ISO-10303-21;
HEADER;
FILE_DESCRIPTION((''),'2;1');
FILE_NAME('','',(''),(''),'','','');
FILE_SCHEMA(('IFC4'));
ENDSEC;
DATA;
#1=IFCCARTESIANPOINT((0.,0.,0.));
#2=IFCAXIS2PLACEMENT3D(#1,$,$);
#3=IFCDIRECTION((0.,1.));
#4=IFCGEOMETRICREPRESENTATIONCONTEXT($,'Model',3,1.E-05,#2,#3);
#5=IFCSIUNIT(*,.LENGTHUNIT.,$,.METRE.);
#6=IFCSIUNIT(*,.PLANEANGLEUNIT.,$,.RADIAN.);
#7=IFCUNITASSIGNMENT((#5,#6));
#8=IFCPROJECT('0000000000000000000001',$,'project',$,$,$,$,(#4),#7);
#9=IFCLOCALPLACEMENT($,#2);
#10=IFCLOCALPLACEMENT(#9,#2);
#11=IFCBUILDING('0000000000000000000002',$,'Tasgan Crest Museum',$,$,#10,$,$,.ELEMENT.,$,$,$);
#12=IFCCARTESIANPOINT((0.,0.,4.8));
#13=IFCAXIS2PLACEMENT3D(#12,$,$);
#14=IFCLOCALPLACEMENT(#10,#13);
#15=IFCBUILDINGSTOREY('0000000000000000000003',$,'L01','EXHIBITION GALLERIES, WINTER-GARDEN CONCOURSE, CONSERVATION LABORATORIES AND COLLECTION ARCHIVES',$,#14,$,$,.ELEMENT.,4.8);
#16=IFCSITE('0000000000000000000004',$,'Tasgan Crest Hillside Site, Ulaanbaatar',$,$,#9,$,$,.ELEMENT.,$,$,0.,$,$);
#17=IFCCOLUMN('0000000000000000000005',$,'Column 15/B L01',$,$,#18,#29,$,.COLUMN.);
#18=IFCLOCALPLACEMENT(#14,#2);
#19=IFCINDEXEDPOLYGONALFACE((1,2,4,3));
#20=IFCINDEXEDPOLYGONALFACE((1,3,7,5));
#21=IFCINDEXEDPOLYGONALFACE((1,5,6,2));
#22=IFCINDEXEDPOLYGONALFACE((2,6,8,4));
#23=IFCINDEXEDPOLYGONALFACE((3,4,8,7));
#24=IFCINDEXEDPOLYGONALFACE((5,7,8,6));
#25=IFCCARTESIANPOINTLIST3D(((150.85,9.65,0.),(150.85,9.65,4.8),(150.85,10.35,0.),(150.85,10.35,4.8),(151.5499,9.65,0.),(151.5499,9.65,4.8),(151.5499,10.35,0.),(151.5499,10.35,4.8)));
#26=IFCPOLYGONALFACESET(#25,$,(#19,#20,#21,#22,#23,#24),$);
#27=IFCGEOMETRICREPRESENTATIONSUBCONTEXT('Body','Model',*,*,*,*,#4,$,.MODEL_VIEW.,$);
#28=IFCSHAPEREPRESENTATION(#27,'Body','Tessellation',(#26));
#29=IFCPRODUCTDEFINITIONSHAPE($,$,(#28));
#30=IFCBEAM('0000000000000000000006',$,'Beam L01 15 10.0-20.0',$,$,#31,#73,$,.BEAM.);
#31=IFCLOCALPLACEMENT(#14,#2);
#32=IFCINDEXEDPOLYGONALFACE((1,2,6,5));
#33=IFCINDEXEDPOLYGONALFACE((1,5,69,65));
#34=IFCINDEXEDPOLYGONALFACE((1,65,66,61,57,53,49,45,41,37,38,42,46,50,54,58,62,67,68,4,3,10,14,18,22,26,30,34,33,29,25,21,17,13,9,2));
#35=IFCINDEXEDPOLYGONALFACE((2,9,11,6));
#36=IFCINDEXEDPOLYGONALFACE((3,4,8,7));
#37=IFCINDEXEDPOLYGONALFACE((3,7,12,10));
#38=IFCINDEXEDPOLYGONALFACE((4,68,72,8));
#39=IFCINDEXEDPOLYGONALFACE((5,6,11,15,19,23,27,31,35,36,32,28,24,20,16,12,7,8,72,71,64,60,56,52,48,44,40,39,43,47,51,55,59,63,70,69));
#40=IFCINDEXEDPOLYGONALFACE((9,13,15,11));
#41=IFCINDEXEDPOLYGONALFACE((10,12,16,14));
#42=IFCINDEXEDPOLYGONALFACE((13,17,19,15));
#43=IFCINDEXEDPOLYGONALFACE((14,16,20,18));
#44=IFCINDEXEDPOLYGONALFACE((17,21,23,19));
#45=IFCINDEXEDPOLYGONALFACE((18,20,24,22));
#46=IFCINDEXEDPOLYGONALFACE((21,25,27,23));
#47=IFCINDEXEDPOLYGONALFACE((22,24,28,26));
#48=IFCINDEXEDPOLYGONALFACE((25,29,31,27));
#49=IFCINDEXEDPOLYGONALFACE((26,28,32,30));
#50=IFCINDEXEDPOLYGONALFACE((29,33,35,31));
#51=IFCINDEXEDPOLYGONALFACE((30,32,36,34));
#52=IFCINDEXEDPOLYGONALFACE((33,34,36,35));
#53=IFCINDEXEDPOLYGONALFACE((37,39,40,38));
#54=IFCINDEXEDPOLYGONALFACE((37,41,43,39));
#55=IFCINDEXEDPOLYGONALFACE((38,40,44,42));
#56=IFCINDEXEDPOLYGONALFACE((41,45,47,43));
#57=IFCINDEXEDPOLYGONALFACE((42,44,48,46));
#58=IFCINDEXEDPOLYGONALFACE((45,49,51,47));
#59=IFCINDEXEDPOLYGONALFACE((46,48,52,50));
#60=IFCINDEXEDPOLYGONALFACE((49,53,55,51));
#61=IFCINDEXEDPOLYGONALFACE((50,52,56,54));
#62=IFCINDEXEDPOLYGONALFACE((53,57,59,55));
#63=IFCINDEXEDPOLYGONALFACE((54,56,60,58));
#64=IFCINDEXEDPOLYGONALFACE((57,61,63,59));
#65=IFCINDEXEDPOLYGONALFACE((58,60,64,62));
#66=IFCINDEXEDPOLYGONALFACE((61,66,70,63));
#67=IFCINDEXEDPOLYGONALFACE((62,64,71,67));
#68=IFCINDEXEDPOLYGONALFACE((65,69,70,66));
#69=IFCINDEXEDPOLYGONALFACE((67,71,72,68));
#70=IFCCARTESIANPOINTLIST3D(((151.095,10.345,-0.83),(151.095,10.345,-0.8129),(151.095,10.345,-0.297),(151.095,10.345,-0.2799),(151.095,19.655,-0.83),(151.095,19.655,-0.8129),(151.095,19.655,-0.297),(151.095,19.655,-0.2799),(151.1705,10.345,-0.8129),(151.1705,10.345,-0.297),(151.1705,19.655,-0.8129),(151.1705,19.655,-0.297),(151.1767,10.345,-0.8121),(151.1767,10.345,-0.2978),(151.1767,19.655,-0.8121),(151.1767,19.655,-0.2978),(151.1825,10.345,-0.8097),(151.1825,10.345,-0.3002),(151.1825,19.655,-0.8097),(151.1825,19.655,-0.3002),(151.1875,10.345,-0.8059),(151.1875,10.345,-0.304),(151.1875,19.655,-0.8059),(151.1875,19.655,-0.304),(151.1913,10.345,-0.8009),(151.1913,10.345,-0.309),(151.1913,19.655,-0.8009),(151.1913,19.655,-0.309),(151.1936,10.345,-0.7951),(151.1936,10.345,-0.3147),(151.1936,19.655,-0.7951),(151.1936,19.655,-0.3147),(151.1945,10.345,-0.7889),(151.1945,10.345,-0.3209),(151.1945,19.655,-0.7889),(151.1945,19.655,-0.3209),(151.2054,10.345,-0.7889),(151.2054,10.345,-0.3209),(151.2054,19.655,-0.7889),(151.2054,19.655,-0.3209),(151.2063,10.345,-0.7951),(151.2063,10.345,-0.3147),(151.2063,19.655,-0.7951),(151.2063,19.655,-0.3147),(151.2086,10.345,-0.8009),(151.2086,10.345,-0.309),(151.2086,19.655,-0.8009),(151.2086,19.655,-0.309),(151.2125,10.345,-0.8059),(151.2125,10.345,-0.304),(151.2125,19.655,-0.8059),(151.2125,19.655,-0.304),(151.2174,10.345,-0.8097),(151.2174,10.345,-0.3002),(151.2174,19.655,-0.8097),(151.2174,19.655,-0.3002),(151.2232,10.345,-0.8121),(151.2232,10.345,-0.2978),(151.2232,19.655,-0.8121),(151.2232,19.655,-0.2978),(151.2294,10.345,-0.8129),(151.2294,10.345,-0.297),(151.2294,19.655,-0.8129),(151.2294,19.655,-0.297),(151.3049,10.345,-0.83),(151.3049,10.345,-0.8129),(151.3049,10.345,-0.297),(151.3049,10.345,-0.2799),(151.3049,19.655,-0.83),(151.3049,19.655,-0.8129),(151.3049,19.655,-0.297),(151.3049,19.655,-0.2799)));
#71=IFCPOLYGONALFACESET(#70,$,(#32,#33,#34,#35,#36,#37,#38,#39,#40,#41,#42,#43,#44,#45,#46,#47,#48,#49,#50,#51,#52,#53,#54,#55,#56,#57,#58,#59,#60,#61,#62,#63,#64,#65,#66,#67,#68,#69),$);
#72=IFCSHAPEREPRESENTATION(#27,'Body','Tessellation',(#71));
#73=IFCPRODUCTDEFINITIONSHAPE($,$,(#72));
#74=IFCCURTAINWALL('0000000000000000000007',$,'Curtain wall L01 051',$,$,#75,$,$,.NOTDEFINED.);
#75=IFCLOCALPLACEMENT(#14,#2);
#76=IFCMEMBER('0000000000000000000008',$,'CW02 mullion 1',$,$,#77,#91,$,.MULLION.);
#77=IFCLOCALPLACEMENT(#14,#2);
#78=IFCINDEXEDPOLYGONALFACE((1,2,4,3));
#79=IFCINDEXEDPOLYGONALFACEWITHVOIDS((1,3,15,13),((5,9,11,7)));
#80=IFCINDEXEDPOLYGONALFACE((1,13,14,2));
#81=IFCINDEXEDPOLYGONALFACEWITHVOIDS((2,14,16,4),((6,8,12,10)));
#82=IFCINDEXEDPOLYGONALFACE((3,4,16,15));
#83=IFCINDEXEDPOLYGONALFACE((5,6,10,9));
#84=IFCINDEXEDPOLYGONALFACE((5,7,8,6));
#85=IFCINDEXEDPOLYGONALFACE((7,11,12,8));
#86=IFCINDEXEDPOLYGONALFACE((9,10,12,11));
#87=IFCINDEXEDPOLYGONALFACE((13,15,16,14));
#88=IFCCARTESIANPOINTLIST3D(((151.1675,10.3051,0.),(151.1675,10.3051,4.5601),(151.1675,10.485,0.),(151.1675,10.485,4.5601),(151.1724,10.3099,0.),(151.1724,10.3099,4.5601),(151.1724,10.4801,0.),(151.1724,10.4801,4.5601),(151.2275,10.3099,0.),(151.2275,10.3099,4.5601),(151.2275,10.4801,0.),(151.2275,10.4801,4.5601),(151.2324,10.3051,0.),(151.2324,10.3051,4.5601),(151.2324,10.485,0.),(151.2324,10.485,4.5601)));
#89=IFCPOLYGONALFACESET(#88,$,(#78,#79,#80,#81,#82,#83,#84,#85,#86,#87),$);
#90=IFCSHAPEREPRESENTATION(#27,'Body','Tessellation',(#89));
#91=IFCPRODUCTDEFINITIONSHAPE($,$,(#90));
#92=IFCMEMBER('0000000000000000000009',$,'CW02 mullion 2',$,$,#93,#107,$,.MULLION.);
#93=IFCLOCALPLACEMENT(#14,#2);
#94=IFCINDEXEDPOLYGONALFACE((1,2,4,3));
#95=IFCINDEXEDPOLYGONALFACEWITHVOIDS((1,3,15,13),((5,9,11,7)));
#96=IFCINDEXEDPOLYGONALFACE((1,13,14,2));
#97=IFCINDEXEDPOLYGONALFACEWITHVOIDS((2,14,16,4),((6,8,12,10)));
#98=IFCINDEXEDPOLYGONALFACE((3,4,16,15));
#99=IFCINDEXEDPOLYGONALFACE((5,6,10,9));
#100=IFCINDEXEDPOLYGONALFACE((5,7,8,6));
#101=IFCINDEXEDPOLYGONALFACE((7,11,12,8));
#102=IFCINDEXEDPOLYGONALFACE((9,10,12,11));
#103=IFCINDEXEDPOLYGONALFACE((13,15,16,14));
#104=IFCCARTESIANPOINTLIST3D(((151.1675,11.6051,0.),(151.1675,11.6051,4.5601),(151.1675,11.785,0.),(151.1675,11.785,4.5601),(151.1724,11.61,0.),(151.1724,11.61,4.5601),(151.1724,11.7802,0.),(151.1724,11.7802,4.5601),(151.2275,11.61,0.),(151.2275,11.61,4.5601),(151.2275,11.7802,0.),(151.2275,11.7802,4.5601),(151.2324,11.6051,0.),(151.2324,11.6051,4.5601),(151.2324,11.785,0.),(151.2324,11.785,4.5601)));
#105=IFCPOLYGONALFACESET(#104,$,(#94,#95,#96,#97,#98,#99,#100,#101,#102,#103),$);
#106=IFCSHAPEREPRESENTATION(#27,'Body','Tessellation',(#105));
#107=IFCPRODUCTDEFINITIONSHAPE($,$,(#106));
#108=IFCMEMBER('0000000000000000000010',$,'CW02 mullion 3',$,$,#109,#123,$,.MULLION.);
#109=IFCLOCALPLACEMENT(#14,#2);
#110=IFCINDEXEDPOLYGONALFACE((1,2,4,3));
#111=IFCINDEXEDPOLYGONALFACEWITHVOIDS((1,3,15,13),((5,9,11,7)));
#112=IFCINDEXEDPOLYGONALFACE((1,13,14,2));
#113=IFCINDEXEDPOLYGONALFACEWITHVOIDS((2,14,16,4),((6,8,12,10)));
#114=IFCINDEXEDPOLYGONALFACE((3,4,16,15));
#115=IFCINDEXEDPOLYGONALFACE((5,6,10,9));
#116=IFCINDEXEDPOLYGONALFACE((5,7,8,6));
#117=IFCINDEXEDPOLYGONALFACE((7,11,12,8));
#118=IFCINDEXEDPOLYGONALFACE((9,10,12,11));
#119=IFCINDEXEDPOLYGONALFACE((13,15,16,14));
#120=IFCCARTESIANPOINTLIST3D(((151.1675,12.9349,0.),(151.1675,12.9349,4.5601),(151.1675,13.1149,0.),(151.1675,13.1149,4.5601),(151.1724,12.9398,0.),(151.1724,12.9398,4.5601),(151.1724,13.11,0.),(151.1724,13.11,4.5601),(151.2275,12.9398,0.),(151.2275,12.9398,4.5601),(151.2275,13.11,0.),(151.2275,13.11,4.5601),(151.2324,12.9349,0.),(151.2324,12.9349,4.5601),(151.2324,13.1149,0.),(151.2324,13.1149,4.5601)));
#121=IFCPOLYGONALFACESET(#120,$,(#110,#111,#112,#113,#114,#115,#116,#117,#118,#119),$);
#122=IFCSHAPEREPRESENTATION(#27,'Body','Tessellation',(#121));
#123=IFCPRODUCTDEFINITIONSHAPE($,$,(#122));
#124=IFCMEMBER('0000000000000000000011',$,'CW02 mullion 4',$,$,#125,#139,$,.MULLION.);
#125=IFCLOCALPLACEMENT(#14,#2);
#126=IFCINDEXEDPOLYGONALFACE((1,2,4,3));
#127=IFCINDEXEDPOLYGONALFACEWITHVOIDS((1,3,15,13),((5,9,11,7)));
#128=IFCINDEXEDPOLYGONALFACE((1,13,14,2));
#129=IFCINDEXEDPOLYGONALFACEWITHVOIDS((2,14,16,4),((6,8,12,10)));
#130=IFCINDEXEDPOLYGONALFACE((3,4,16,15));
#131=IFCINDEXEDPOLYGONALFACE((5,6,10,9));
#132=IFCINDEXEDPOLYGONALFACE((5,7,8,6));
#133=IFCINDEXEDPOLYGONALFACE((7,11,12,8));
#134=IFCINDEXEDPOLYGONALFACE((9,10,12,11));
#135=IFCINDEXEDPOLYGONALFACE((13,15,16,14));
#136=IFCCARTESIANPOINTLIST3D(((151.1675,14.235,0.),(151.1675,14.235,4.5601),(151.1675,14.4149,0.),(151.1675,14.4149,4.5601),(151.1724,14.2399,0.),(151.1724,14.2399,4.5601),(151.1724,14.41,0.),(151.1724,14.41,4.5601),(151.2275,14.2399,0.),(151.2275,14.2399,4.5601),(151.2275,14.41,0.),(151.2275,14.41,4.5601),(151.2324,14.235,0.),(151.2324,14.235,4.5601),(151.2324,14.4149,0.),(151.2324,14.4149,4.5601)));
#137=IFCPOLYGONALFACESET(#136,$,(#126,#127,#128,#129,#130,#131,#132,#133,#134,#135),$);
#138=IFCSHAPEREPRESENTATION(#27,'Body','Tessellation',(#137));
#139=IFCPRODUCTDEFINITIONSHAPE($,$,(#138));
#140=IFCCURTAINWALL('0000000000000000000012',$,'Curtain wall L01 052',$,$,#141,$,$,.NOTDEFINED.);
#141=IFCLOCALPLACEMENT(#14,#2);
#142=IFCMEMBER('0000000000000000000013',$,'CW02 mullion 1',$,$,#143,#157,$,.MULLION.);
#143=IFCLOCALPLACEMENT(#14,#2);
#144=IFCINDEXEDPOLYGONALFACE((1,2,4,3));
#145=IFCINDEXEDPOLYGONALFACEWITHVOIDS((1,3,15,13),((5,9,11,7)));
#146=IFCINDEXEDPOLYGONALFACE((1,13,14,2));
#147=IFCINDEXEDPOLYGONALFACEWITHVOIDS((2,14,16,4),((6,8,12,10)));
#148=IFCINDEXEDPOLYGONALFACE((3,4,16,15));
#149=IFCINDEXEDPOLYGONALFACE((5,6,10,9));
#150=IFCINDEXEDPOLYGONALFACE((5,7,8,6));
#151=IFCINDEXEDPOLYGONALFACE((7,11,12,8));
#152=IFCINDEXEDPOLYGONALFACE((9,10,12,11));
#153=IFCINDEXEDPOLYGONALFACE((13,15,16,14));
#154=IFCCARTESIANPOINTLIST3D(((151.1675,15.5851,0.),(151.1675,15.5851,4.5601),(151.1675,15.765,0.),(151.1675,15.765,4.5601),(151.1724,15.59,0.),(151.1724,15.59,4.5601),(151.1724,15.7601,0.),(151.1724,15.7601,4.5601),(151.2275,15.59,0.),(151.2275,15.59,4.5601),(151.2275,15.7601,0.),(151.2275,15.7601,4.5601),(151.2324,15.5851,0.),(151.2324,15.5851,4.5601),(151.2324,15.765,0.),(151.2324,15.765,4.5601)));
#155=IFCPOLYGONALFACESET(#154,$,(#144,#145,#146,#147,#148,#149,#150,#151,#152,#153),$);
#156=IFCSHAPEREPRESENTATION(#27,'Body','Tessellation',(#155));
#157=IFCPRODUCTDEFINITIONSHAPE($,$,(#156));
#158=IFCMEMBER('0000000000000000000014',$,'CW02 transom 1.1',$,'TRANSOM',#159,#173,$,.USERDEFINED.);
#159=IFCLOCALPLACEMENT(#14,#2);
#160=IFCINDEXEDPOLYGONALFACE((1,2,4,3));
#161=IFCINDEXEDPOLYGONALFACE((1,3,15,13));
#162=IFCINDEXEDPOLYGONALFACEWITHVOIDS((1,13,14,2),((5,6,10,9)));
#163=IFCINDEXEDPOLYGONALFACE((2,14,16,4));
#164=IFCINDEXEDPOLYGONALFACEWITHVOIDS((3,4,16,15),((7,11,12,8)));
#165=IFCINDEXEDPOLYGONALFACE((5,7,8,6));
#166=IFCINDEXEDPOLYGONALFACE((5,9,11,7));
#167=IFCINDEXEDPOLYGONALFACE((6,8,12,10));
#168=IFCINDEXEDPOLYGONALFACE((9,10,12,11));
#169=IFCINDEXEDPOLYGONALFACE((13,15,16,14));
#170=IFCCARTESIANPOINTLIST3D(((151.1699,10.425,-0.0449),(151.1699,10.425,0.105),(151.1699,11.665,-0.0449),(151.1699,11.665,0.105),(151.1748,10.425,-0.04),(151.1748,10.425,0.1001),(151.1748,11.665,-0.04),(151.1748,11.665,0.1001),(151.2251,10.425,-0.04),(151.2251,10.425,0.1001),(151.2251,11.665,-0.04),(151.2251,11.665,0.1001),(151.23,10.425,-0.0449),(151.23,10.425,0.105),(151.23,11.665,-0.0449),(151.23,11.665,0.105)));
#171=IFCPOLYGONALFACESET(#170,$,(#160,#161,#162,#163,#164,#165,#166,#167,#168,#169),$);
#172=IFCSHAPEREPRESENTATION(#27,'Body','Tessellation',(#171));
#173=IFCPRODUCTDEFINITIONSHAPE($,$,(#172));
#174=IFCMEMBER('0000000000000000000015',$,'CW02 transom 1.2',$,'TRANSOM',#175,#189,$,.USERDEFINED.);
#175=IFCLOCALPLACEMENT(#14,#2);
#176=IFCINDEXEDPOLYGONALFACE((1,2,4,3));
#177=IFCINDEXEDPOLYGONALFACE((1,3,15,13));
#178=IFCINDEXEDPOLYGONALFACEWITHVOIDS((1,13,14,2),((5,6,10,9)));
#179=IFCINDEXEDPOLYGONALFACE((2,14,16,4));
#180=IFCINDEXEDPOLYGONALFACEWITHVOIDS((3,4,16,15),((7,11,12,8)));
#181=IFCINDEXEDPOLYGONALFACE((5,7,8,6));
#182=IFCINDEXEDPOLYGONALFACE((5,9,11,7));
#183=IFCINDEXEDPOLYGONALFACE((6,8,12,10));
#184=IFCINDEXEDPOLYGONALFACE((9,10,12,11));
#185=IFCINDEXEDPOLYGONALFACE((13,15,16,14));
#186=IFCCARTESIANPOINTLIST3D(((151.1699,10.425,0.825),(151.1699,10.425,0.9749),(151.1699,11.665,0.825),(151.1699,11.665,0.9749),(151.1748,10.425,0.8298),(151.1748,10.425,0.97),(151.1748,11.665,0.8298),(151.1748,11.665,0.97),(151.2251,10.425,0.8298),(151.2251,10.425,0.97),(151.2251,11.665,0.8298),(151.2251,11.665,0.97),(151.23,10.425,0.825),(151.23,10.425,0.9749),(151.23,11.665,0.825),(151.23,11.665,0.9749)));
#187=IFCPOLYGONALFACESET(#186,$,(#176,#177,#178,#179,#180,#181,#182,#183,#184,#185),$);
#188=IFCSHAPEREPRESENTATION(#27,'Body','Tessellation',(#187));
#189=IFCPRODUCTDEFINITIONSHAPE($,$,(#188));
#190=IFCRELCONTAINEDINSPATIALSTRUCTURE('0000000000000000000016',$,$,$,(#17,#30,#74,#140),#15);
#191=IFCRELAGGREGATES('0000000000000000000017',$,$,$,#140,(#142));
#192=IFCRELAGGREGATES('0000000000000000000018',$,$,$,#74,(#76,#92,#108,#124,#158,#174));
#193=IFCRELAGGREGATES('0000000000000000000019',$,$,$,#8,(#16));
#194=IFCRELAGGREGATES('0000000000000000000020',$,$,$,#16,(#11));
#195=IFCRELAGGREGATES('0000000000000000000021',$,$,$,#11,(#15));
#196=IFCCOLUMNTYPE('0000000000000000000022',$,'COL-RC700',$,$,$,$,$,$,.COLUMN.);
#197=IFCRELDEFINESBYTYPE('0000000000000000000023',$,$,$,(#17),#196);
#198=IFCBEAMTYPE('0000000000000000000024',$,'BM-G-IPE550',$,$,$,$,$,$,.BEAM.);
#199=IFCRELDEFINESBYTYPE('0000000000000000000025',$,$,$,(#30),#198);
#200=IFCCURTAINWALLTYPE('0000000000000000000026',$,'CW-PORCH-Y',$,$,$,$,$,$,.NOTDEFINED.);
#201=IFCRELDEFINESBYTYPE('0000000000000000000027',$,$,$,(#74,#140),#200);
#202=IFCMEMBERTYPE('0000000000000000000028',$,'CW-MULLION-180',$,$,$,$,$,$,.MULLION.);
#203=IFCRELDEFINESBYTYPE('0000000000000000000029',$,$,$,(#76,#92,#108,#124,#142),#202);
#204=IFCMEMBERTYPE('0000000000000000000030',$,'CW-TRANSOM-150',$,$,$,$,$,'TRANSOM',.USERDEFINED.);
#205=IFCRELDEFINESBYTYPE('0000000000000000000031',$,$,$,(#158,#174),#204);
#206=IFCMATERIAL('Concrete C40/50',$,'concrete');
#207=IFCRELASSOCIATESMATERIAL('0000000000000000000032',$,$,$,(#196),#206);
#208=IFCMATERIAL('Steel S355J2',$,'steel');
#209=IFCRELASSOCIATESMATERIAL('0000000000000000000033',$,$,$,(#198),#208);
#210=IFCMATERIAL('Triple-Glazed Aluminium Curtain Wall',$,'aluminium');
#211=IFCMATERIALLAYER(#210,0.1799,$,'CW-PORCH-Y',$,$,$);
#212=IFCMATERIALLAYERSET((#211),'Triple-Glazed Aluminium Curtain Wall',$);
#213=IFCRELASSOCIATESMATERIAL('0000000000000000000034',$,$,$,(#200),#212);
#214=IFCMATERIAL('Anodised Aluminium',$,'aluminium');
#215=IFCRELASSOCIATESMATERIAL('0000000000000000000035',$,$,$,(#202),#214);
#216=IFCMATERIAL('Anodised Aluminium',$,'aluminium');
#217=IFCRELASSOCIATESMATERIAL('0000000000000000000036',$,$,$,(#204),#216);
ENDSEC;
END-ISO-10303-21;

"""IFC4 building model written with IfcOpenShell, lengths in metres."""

from ifc_helpers import new_model, si_unit, direction, frame, origin, origin_2d, place, context, subcontext, project, spatial, rectangle, hollow_rectangle, i_section, extrude, material, layer, layer_set, material_profile, profile_set, type_object, element, aggregate, save


model = new_model("IFC4")

# Units and contexts
model_context = context("Model", 3, precision=1e-05, world=origin(), true_north=direction((0.0, 1.0)))
body_context = subcontext(model_context, "Body", "Model", "MODEL_VIEW")
ifc_project = project(units=[si_unit("LENGTHUNIT", "METRE"), si_unit("PLANEANGLEUNIT", "RADIAN")], contexts=[model_context])

# Site, building, storey
site_placement = place(None, origin())
site = spatial("IfcSite", under=ifc_project, at=site_placement, Name="Tasgan Crest Hillside Site, Ulaanbaatar", CompositionType="ELEMENT", RefElevation=0.0)
building_placement = place(site_placement, origin())
building = spatial("IfcBuilding", under=site, at=building_placement, Name="Tasgan Crest Museum", CompositionType="ELEMENT")
storey_placement = place(building_placement, frame((0.0, 0.0, 4.8)))
storey = spatial("IfcBuildingStorey", under=building, at=storey_placement, Name="L01", Description="EXHIBITION GALLERIES, WINTER-GARDEN CONCOURSE, CONSERVATION LABORATORIES AND COLLECTION ARCHIVES", CompositionType="ELEMENT", Elevation=4.8)

# Column
ifc_material_1 = material(Name="Concrete C40/50", Category="concrete")
ifc_material_profile_1 = material_profile(ifc_material_1, rectangle(XDim=0.7, YDim=0.7, at=origin_2d()), Name="RC 700x700")
ifc_profile_set_1 = profile_set([ifc_material_profile_1], Name="Concrete C40/50")
column_type = type_object("IfcColumnType", Name="COL-RC700", PredefinedType="COLUMN", material=ifc_profile_set_1)
column_placement = place(storey_placement, frame((151.2, 10.0, 0.0), z_axis=(0.0, 0.0, 1.0), x_axis=(1.0, 0.0, 0.0)))
element("IfcColumn", 1, at=column_placement, inside=storey, type_object=column_type, Name="Column 15/B L01", PredefinedType="COLUMN", context=body_context, shape_type="SweptSolid", body=[
    extrude(rectangle(XDim=0.7, YDim=0.7, at=origin_2d()), origin(), (0.0, 0.0, 1.0), 4.8),
])

# Beam
ifc_material_2 = material(Name="Steel S355J2", Category="steel")
ifc_material_profile_2 = material_profile(ifc_material_2, i_section(OverallWidth=0.21, OverallDepth=0.55, WebThickness=0.011, FlangeThickness=0.0171, FilletRadius=0.0239, at=origin_2d()), Name="IPE 550")
ifc_profile_set_2 = profile_set([ifc_material_profile_2], Name="Steel S355J2")
beam_type = type_object("IfcBeamType", Name="BM-G-IPE550", PredefinedType="BEAM", material=ifc_profile_set_2)
beam_placement = place(storey_placement, frame((151.2, 10.345, -0.5549), z_axis=(0.0, 1.0, 0.0), x_axis=(-1.0, 0.0, 0.0)))
element("IfcBeam", 2, at=beam_placement, inside=storey, type_object=beam_type, Name="Beam L01 15 10.0-20.0", PredefinedType="BEAM", context=body_context, shape_type="SweptSolid", body=[
    extrude(i_section(OverallWidth=0.21, OverallDepth=0.55, WebThickness=0.011, FlangeThickness=0.0171, FilletRadius=0.0239, at=origin_2d()), origin(), (0.0, 0.0, 1.0), 9.3101),
])

# Curtain wall, members
ifc_material_3 = material(Name="Triple-Glazed Aluminium Curtain Wall", Category="aluminium")
ifc_layer_1 = layer(ifc_material_3, 0.1799, Name="CW-PORCH-Y")
ifc_layer_set_1 = layer_set([ifc_layer_1], Name="Triple-Glazed Aluminium Curtain Wall")
curtain_wall_type = type_object("IfcCurtainWallType", Name="CW-PORCH-Y", PredefinedType="NOTDEFINED", material=ifc_layer_set_1)
curtain_wall_1_placement = place(storey_placement, origin())
curtain_wall_1 = element("IfcCurtainWall", 3, at=curtain_wall_1_placement, inside=storey, type_object=curtain_wall_type, Name="Curtain wall L01 051", PredefinedType="NOTDEFINED")
ifc_material_4 = material(Name="Anodised Aluminium", Category="aluminium")
ifc_material_profile_3 = material_profile(ifc_material_4, hollow_rectangle(XDim=0.0649, YDim=0.1799, WallThickness=0.0049, at=origin_2d()), Name="ALU MULLION 180x65x5")
ifc_profile_set_3 = profile_set([ifc_material_profile_3], Name="Anodised Aluminium")
member_type_1 = type_object("IfcMemberType", Name="CW-MULLION-180", PredefinedType="MULLION", material=ifc_profile_set_3)
member_1_placement = place(storey_placement, frame((151.2, 10.395, 0.0), z_axis=(0.0, 0.0, 1.0), x_axis=(-1.0, 0.0, 0.0)))
member_1 = element("IfcMember", 4, at=member_1_placement, type_object=member_type_1, Name="CW02 mullion 1", PredefinedType="MULLION", context=body_context, shape_type="SweptSolid", body=[
    extrude(hollow_rectangle(XDim=0.0649, YDim=0.1799, WallThickness=0.0049, at=origin_2d()), origin(), (0.0, 0.0, 1.0), 4.5601),
])
member_2_placement = place(storey_placement, frame((151.2, 11.6951, 0.0), z_axis=(0.0, 0.0, 1.0), x_axis=(-1.0, 0.0, 0.0)))
member_2 = element("IfcMember", 5, at=member_2_placement, type_object=member_type_1, Name="CW02 mullion 2", PredefinedType="MULLION", context=body_context, shape_type="SweptSolid", body=[
    extrude(hollow_rectangle(XDim=0.0649, YDim=0.1799, WallThickness=0.0049, at=origin_2d()), origin(), (0.0, 0.0, 1.0), 4.5601),
])
member_3_placement = place(storey_placement, frame((151.2, 13.0249, 0.0), z_axis=(0.0, 0.0, 1.0), x_axis=(-1.0, 0.0, 0.0)))
member_3 = element("IfcMember", 6, at=member_3_placement, type_object=member_type_1, Name="CW02 mullion 3", PredefinedType="MULLION", context=body_context, shape_type="SweptSolid", body=[
    extrude(hollow_rectangle(XDim=0.0649, YDim=0.1799, WallThickness=0.0049, at=origin_2d()), origin(), (0.0, 0.0, 1.0), 4.5601),
])
member_4_placement = place(storey_placement, frame((151.2, 14.325, 0.0), z_axis=(0.0, 0.0, 1.0), x_axis=(-1.0, 0.0, 0.0)))
member_4 = element("IfcMember", 7, at=member_4_placement, type_object=member_type_1, Name="CW02 mullion 4", PredefinedType="MULLION", context=body_context, shape_type="SweptSolid", body=[
    extrude(hollow_rectangle(XDim=0.0649, YDim=0.1799, WallThickness=0.0049, at=origin_2d()), origin(), (0.0, 0.0, 1.0), 4.5601),
])

# Curtain wall, member
curtain_wall_2_placement = place(storey_placement, origin())
curtain_wall_2 = element("IfcCurtainWall", 8, at=curtain_wall_2_placement, inside=storey, type_object=curtain_wall_type, Name="Curtain wall L01 052", PredefinedType="NOTDEFINED")
member_5_placement = place(storey_placement, frame((151.2, 15.675, 0.0), z_axis=(0.0, 0.0, 1.0), x_axis=(-1.0, 0.0, 0.0)))
member_5 = element("IfcMember", 9, at=member_5_placement, type_object=member_type_1, Name="CW02 mullion 1", PredefinedType="MULLION", context=body_context, shape_type="SweptSolid", body=[
    extrude(hollow_rectangle(XDim=0.0649, YDim=0.1799, WallThickness=0.0049, at=origin_2d()), origin(), (0.0, 0.0, 1.0), 4.5601),
])

# Members
ifc_material_5 = material(Name="Anodised Aluminium", Category="aluminium")
ifc_material_profile_4 = material_profile(ifc_material_5, hollow_rectangle(XDim=0.0601, YDim=0.1499, WallThickness=0.0049, at=origin_2d()), Name="ALU TRANSOM 150x60x5")
ifc_profile_set_4 = profile_set([ifc_material_profile_4], Name="Anodised Aluminium")
member_type_2 = type_object("IfcMemberType", Name="CW-TRANSOM-150", ElementType="TRANSOM", PredefinedType="USERDEFINED", material=ifc_profile_set_4)
member_6_placement = place(storey_placement, frame((151.2, 10.425, 0.03), z_axis=(0.0, 1.0, 0.0), x_axis=(-1.0, 0.0, 0.0)))
member_6 = element("IfcMember", 10, at=member_6_placement, type_object=member_type_2, Name="CW02 transom 1.1", ObjectType="TRANSOM", PredefinedType="USERDEFINED", context=body_context, shape_type="SweptSolid", body=[
    extrude(hollow_rectangle(XDim=0.0601, YDim=0.1499, WallThickness=0.0049, at=origin_2d()), origin(), (0.0, 0.0, 1.0), 1.24),
])
member_7_placement = place(storey_placement, frame((151.2, 10.425, 0.8999), z_axis=(0.0, 1.0, 0.0), x_axis=(-1.0, 0.0, 0.0)))
member_7 = element("IfcMember", 11, at=member_7_placement, type_object=member_type_2, Name="CW02 transom 1.2", ObjectType="TRANSOM", PredefinedType="USERDEFINED", context=body_context, shape_type="SweptSolid", body=[
    extrude(hollow_rectangle(XDim=0.0601, YDim=0.1499, WallThickness=0.0049, at=origin_2d()), origin(), (0.0, 0.0, 1.0), 1.24),
])
aggregate(curtain_wall_2, [member_5])

aggregate(curtain_wall_1, [member_1, member_2, member_3, member_4, member_6, member_7])

save(model, "model.ifc")
